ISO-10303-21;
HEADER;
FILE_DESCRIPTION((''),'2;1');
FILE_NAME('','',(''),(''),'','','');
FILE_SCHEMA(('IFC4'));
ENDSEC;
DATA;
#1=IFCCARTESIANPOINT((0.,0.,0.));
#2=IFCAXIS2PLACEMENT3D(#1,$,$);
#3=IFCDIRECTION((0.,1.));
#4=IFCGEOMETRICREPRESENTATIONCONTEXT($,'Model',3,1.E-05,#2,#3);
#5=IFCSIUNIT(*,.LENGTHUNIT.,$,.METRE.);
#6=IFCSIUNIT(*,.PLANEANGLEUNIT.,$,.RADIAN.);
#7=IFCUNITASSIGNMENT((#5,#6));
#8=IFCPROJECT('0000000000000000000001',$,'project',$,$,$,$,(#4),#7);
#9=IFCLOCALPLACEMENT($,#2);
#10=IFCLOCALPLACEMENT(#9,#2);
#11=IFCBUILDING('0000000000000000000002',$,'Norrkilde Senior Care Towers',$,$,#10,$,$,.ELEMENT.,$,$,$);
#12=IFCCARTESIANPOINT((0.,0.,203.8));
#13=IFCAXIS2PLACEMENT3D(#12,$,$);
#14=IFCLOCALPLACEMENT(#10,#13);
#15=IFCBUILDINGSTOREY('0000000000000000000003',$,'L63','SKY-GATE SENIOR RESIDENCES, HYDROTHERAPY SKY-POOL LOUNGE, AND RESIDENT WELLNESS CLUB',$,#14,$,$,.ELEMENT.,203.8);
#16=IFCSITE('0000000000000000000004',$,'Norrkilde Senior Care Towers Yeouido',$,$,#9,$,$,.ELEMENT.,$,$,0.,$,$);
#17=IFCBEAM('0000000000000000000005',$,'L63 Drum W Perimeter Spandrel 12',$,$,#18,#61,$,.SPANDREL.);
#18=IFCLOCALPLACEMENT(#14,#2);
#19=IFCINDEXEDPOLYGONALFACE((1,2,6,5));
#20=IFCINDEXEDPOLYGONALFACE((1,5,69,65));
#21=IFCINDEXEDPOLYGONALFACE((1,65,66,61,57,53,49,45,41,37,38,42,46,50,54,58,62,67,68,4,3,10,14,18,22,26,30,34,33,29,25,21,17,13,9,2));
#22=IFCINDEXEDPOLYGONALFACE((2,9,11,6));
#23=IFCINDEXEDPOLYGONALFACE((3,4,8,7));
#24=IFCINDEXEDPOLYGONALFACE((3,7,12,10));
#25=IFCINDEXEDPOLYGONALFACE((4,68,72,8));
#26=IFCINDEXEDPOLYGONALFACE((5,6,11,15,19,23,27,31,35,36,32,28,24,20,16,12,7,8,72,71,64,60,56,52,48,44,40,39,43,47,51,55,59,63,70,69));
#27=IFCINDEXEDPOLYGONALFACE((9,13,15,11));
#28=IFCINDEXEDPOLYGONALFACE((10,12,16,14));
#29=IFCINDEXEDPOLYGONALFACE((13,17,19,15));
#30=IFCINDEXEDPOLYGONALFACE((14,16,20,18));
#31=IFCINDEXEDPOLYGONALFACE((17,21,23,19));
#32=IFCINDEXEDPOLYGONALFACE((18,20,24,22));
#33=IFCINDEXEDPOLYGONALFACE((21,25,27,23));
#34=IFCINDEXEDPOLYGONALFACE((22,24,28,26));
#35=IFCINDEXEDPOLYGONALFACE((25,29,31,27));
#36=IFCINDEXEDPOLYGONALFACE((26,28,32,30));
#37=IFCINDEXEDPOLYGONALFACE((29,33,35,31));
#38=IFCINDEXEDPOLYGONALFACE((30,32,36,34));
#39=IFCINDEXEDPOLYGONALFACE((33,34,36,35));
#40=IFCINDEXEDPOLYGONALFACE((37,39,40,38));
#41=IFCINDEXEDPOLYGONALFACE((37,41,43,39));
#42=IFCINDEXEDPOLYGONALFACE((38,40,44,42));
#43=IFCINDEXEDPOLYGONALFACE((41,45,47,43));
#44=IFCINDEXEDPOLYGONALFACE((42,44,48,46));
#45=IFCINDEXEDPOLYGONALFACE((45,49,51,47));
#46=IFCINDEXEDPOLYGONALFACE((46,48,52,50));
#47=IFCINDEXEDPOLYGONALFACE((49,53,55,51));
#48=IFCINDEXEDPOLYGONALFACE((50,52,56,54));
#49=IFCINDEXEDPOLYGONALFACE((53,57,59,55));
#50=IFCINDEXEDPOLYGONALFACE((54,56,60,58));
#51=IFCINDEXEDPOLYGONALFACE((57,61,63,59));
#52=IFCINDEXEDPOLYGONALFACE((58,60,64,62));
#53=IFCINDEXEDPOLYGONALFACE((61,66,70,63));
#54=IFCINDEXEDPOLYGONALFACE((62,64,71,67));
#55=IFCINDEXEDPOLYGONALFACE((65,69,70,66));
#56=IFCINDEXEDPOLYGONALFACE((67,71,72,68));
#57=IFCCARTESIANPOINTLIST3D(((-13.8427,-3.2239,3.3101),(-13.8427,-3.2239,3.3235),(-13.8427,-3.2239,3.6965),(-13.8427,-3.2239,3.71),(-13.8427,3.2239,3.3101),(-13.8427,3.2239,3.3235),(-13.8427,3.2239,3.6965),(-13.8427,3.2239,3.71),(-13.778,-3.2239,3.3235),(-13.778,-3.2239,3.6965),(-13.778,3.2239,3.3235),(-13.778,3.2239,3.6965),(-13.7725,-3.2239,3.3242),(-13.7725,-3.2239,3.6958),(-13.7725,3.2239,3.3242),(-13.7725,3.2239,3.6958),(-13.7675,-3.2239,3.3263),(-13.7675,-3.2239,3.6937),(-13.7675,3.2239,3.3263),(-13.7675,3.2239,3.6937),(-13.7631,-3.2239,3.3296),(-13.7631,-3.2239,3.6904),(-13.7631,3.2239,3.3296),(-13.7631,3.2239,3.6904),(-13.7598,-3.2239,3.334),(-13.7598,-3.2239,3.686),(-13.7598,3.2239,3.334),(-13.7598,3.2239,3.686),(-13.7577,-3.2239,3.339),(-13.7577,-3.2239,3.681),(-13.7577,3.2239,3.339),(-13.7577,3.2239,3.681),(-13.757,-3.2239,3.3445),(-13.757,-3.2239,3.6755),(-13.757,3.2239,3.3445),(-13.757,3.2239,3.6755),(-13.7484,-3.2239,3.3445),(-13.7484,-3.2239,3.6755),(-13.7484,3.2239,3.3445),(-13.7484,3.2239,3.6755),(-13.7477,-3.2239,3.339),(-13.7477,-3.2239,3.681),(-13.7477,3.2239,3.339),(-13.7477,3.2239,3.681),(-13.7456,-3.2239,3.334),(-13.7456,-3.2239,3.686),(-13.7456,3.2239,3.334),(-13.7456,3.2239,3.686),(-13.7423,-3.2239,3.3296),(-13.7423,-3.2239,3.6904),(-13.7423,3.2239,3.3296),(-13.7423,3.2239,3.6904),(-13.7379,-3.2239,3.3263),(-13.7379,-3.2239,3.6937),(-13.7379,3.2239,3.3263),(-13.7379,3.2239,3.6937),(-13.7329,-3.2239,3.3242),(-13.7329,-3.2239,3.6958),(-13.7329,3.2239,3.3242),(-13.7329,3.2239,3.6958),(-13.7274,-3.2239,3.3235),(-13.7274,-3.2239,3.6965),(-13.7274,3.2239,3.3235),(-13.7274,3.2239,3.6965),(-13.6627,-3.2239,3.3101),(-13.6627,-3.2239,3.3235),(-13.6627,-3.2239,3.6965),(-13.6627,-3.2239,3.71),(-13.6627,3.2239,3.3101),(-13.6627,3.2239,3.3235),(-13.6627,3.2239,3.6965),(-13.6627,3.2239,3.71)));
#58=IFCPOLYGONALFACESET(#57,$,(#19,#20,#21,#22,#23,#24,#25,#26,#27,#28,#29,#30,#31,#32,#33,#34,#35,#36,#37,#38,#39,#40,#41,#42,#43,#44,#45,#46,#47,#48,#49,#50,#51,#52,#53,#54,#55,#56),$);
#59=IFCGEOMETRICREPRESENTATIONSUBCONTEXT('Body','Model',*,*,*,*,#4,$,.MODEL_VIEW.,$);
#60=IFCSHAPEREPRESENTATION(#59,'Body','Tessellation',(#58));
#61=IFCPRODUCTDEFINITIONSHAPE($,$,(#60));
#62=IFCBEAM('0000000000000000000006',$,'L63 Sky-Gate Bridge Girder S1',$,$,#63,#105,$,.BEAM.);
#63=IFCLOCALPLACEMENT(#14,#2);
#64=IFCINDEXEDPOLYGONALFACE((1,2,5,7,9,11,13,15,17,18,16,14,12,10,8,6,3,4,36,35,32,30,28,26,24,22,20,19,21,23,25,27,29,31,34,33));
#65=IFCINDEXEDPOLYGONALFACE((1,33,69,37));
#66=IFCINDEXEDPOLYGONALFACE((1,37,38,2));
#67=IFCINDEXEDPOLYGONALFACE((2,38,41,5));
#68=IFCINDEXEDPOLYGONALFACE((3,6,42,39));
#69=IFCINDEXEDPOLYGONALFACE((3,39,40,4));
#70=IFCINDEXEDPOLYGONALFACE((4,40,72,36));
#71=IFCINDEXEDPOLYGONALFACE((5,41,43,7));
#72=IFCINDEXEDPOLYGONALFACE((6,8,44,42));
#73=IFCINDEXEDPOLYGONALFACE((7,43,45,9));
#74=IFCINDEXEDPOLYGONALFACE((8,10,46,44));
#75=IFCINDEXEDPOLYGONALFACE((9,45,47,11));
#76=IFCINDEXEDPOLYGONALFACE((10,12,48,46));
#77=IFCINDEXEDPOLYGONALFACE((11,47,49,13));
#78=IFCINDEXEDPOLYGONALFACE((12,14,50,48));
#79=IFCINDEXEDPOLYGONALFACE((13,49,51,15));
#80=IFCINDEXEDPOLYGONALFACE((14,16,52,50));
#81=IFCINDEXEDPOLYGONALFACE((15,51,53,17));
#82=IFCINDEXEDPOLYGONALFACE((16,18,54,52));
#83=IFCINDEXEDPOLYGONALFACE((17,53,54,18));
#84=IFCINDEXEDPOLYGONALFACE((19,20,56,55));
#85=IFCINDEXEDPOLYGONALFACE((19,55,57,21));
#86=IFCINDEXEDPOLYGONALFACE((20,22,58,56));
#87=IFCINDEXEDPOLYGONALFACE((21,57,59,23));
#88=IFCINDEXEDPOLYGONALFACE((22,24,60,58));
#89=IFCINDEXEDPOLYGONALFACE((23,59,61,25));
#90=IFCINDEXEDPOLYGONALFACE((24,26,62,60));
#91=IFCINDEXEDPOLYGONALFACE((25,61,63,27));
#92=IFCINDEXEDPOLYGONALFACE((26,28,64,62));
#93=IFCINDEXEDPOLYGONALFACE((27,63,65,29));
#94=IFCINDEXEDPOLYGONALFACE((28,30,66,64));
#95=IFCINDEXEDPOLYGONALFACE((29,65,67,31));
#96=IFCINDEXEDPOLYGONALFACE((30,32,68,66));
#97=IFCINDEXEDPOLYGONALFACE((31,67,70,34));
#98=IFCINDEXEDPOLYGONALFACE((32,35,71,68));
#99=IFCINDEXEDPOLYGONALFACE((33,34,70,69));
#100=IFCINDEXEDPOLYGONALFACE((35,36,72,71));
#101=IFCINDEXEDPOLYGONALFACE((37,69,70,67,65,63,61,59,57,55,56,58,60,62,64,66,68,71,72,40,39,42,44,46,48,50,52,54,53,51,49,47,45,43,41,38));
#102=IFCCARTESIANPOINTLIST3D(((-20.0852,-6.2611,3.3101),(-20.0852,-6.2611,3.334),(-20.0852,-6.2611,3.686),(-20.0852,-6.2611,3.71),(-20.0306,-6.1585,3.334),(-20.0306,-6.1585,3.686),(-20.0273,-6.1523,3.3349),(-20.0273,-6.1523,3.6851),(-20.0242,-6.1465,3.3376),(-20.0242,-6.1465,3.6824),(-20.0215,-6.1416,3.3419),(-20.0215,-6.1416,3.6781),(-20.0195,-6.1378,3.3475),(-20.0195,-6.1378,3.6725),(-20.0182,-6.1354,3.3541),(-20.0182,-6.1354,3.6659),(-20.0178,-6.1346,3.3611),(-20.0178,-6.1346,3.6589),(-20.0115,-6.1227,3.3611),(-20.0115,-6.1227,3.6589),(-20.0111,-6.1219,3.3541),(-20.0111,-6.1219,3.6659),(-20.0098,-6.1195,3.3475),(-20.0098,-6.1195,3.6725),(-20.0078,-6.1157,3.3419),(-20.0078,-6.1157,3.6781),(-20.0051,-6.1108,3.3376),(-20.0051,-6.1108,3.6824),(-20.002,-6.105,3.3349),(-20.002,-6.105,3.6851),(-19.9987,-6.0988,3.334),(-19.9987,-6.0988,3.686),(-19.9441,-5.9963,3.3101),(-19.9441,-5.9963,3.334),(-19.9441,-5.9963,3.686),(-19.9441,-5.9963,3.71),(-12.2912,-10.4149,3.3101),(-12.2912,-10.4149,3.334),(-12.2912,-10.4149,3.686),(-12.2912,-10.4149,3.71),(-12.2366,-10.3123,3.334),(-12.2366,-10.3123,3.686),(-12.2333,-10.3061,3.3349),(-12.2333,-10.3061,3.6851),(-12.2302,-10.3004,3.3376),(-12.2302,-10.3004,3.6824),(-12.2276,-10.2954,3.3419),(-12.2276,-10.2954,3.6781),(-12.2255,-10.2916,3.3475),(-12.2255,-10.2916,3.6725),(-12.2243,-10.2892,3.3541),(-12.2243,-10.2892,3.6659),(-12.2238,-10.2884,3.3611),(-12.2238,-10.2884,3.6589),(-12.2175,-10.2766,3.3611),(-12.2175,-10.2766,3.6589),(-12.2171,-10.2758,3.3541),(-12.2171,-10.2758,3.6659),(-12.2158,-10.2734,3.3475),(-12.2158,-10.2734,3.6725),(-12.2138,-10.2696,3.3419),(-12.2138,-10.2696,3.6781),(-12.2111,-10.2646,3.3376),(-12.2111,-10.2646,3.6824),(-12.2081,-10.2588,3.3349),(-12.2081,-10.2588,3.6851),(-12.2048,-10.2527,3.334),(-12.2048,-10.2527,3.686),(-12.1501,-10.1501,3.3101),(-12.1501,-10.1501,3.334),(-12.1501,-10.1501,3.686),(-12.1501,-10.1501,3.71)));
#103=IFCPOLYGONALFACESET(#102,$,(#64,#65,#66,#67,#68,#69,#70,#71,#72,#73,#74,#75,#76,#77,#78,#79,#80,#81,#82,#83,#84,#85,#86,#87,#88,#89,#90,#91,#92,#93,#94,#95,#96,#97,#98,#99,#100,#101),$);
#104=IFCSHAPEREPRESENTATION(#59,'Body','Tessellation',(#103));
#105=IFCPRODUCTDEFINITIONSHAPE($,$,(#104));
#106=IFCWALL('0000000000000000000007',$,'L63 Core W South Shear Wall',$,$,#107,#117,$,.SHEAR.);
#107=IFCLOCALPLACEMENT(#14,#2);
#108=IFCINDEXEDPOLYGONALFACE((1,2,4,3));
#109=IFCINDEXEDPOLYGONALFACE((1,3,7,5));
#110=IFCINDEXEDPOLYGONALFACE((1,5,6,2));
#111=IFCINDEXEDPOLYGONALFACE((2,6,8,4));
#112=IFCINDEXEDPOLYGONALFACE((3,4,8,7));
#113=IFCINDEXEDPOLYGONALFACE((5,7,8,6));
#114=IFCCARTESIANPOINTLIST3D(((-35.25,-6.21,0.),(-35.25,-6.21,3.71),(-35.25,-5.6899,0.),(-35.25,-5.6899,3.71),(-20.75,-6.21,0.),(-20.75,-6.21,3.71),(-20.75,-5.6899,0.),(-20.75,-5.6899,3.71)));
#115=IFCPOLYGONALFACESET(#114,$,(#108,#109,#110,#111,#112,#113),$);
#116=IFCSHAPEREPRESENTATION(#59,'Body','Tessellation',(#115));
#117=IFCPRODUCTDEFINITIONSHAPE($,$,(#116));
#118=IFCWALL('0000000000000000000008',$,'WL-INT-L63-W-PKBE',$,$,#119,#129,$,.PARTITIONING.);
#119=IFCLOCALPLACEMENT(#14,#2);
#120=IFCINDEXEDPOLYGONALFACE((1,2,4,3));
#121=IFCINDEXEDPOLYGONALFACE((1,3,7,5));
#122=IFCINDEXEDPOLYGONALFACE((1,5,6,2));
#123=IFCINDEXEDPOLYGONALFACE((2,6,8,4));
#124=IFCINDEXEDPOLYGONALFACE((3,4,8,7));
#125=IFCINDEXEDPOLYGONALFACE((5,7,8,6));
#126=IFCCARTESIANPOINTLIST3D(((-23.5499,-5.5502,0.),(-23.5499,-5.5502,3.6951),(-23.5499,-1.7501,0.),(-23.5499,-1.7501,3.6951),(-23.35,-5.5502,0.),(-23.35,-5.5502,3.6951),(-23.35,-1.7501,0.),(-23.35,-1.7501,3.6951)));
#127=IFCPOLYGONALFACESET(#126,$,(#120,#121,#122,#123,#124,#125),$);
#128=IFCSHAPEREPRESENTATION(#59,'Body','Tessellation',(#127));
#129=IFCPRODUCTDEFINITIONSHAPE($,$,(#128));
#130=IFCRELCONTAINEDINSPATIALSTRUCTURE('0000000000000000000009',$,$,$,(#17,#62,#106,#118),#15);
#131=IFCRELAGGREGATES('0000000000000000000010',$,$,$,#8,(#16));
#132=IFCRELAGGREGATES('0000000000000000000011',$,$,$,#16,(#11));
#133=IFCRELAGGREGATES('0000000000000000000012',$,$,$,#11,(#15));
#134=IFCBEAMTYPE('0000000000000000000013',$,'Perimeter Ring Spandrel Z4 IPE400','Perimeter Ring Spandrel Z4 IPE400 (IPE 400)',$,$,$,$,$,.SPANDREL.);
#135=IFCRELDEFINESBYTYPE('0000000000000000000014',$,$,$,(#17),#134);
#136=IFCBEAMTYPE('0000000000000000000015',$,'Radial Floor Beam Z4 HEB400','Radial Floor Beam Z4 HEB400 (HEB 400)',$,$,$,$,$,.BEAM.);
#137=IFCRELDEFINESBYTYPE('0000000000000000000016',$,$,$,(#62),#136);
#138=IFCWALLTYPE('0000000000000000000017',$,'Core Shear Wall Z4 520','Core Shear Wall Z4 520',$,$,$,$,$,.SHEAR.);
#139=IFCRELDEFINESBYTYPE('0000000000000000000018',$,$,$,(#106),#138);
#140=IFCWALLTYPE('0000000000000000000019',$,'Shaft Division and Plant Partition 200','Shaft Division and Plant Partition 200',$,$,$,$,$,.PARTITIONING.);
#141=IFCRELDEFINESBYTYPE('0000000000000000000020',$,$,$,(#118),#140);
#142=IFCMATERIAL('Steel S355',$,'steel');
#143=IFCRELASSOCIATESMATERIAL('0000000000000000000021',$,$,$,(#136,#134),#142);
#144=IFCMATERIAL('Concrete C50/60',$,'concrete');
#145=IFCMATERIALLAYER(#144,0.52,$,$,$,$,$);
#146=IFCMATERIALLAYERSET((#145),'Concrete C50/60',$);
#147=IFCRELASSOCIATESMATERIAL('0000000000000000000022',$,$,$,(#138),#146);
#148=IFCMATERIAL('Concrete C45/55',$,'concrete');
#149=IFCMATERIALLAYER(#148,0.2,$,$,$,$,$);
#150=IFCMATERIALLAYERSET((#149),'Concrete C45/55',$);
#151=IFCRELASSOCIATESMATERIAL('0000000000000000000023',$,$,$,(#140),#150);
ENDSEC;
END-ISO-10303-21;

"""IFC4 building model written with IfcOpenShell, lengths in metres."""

from ifc_helpers import new_model, si_unit, direction, frame, frame_2d, origin, origin_2d, place, context, subcontext, project, spatial, rectangle, i_section, extrude, source, transform, mapped, material, layer, layer_set, material_profile, profile_set, type_object, type_shapes, element, save


model = new_model("IFC4")

# Units and contexts
model_context = context("Model", 3, precision=1e-05, world=origin(), true_north=direction((0.0, 1.0)))
body_context = subcontext(model_context, "Body", "Model", "MODEL_VIEW")
ifc_project = project(units=[si_unit("LENGTHUNIT", "METRE"), si_unit("PLANEANGLEUNIT", "RADIAN")], contexts=[model_context])

# Site, building, storey
site_placement = place(None, origin())
site = spatial("IfcSite", under=ifc_project, at=site_placement, Name="Norrkilde Senior Care Towers Yeouido", CompositionType="ELEMENT", RefElevation=0.0)
building_placement = place(site_placement, origin())
building = spatial("IfcBuilding", under=site, at=building_placement, Name="Norrkilde Senior Care Towers", CompositionType="ELEMENT")
storey_placement = place(building_placement, frame((0.0, 0.0, 203.8)))
storey = spatial("IfcBuildingStorey", under=building, at=storey_placement, Name="L63", Description="SKY-GATE SENIOR RESIDENCES, HYDROTHERAPY SKY-POOL LOUNGE, AND RESIDENT WELLNESS CLUB", CompositionType="ELEMENT", Elevation=203.8)

# Shared definitions
ifc_material_1 = material(Name="Concrete C50/60", Category="concrete")

# Beams
ifc_material_2 = material(Name="Steel S355", Category="steel")
ifc_material_profile_1 = material_profile(ifc_material_2, i_section(OverallWidth=0.3, OverallDepth=0.3999, WebThickness=0.0134, FlangeThickness=0.0239, FilletRadius=0.0271, at=origin_2d()), Name="HEB 400")
ifc_profile_set_1 = profile_set([ifc_material_profile_1], Name="Steel S355")
beam_type_1 = type_object("IfcBeamType", Name="Radial Floor Beam Z4 HEB400", Description="Radial Floor Beam Z4 HEB400 (HEB 400)", PredefinedType="BEAM", material=ifc_profile_set_1)
ifc_material_profile_2 = material_profile(ifc_material_2, i_section(OverallWidth=0.1799, OverallDepth=0.3999, WebThickness=0.0085, FlangeThickness=0.0134, FilletRadius=0.021, at=origin_2d()), Name="IPE 400")
ifc_profile_set_2 = profile_set([ifc_material_profile_2], Name="Steel S355")
beam_type_2 = type_object("IfcBeamType", Name="Perimeter Ring Spandrel Z4 IPE400", Description="Perimeter Ring Spandrel Z4 IPE400 (IPE 400)", PredefinedType="SPANDREL", material=ifc_profile_set_2)
shared_shape_1 = source(origin(), body_context, "Body", "SweptSolid", [
    extrude(i_section(OverallWidth=0.1799, OverallDepth=0.3999, WebThickness=0.0085, FlangeThickness=0.0134, FilletRadius=0.021, at=origin_2d()), origin(), (0.0, 0.0, 1.0), 6.4478),
])
type_shapes(beam_type_2, [shared_shape_1])
beam_1_placement = place(storey_placement, frame((-13.7527, -3.2239, 3.51), z_axis=(0.0, 1.0, 0.0), x_axis=(-1.0, 0.0, 0.0)))
element("IfcBeam", 1, at=beam_1_placement, inside=storey, type_object=beam_type_2, Name="L63 Drum W Perimeter Spandrel 12", PredefinedType="SPANDREL", context=body_context, shape_type="MappedRepresentation", body=[
    mapped(shared_shape_1, transform((0.0, 0.0, 0.0), x_axis=(1.0, 0.0, 0.0), y_axis=(0.0, 1.0, 0.0), z_axis=(0.0, 0.0, 1.0), scale=1.0)),
])
shared_shape_2 = source(origin(), body_context, "Body", "SweptSolid", [
    extrude(i_section(OverallWidth=0.3, OverallDepth=0.3999, WebThickness=0.0134, FlangeThickness=0.0239, FilletRadius=0.0271, at=origin_2d()), origin(), (0.0, 0.0, 1.0), 8.8318),
])
beam_2_placement = place(storey_placement, frame((-20.0146, -6.1287, 3.51), z_axis=(0.882492, -0.470327, 0.0), x_axis=(0.470327, 0.882492, 0.0)))
element("IfcBeam", 2, at=beam_2_placement, inside=storey, type_object=beam_type_1, Name="L63 Sky-Gate Bridge Girder S1", PredefinedType="BEAM", context=body_context, shape_type="MappedRepresentation", body=[
    mapped(shared_shape_2, transform((0.0, 0.0, 0.0), x_axis=(1.0, 0.0, 0.0), y_axis=(0.0, 1.0, 0.0), z_axis=(0.0, 0.0, 1.0), scale=1.0)),
])

# Walls
ifc_layer_1 = layer(ifc_material_1, 0.52)
ifc_layer_set_1 = layer_set([ifc_layer_1], Name="Concrete C50/60")
wall_type_1 = type_object("IfcWallType", Name="Core Shear Wall Z4 520", Description="Core Shear Wall Z4 520", PredefinedType="SHEAR", material=ifc_layer_set_1)
shared_shape_3 = source(origin(), body_context, "Body", "SweptSolid", [
    extrude(rectangle(XDim=14.5, YDim=0.52, at=frame_2d((7.25, 0.0))), origin(), (0.0, 0.0, 1.0), 3.71),
])
type_shapes(wall_type_1, [shared_shape_3])
wall_1_placement = place(storey_placement, frame((-20.75, -5.95, 0.0), z_axis=(0.0, 0.0, 1.0), x_axis=(-1.0, 0.0, 0.0)))
element("IfcWall", 3, at=wall_1_placement, inside=storey, type_object=wall_type_1, Name="L63 Core W South Shear Wall", PredefinedType="SHEAR", context=body_context, shape_type="MappedRepresentation", body=[
    mapped(shared_shape_3, transform((0.0, 0.0, 0.0), x_axis=(1.0, 0.0, 0.0), y_axis=(0.0, 1.0, 0.0), z_axis=(0.0, 0.0, 1.0), scale=1.0)),
])
ifc_material_3 = material(Name="Concrete C45/55", Category="concrete")
ifc_layer_2 = layer(ifc_material_3, 0.2)
ifc_layer_set_2 = layer_set([ifc_layer_2], Name="Concrete C45/55")
wall_type_2 = type_object("IfcWallType", Name="Shaft Division and Plant Partition 200", Description="Shaft Division and Plant Partition 200", PredefinedType="PARTITIONING", material=ifc_layer_set_2)
shared_shape_4 = source(origin(), body_context, "Body", "SweptSolid", [
    extrude(rectangle(XDim=3.8, YDim=0.2, at=frame_2d((1.8999, 0.0))), origin(), (0.0, 0.0, 1.0), 3.6951),
])
type_shapes(wall_type_2, [shared_shape_4])
wall_2_placement = place(storey_placement, frame((-23.45, -5.55, 0.0), z_axis=(0.0, 0.0, 1.0), x_axis=(0.0, 1.0, 0.0)))
element("IfcWall", 4, at=wall_2_placement, inside=storey, type_object=wall_type_2, Name="WL-INT-L63-W-PKBE", PredefinedType="PARTITIONING", context=body_context, shape_type="MappedRepresentation", body=[
    mapped(shared_shape_4, transform((0.0, 0.0, 0.0), x_axis=(1.0, 0.0, 0.0), y_axis=(0.0, 1.0, 0.0), z_axis=(0.0, 0.0, 1.0), scale=1.0)),
])

save(model, "model.ifc")
